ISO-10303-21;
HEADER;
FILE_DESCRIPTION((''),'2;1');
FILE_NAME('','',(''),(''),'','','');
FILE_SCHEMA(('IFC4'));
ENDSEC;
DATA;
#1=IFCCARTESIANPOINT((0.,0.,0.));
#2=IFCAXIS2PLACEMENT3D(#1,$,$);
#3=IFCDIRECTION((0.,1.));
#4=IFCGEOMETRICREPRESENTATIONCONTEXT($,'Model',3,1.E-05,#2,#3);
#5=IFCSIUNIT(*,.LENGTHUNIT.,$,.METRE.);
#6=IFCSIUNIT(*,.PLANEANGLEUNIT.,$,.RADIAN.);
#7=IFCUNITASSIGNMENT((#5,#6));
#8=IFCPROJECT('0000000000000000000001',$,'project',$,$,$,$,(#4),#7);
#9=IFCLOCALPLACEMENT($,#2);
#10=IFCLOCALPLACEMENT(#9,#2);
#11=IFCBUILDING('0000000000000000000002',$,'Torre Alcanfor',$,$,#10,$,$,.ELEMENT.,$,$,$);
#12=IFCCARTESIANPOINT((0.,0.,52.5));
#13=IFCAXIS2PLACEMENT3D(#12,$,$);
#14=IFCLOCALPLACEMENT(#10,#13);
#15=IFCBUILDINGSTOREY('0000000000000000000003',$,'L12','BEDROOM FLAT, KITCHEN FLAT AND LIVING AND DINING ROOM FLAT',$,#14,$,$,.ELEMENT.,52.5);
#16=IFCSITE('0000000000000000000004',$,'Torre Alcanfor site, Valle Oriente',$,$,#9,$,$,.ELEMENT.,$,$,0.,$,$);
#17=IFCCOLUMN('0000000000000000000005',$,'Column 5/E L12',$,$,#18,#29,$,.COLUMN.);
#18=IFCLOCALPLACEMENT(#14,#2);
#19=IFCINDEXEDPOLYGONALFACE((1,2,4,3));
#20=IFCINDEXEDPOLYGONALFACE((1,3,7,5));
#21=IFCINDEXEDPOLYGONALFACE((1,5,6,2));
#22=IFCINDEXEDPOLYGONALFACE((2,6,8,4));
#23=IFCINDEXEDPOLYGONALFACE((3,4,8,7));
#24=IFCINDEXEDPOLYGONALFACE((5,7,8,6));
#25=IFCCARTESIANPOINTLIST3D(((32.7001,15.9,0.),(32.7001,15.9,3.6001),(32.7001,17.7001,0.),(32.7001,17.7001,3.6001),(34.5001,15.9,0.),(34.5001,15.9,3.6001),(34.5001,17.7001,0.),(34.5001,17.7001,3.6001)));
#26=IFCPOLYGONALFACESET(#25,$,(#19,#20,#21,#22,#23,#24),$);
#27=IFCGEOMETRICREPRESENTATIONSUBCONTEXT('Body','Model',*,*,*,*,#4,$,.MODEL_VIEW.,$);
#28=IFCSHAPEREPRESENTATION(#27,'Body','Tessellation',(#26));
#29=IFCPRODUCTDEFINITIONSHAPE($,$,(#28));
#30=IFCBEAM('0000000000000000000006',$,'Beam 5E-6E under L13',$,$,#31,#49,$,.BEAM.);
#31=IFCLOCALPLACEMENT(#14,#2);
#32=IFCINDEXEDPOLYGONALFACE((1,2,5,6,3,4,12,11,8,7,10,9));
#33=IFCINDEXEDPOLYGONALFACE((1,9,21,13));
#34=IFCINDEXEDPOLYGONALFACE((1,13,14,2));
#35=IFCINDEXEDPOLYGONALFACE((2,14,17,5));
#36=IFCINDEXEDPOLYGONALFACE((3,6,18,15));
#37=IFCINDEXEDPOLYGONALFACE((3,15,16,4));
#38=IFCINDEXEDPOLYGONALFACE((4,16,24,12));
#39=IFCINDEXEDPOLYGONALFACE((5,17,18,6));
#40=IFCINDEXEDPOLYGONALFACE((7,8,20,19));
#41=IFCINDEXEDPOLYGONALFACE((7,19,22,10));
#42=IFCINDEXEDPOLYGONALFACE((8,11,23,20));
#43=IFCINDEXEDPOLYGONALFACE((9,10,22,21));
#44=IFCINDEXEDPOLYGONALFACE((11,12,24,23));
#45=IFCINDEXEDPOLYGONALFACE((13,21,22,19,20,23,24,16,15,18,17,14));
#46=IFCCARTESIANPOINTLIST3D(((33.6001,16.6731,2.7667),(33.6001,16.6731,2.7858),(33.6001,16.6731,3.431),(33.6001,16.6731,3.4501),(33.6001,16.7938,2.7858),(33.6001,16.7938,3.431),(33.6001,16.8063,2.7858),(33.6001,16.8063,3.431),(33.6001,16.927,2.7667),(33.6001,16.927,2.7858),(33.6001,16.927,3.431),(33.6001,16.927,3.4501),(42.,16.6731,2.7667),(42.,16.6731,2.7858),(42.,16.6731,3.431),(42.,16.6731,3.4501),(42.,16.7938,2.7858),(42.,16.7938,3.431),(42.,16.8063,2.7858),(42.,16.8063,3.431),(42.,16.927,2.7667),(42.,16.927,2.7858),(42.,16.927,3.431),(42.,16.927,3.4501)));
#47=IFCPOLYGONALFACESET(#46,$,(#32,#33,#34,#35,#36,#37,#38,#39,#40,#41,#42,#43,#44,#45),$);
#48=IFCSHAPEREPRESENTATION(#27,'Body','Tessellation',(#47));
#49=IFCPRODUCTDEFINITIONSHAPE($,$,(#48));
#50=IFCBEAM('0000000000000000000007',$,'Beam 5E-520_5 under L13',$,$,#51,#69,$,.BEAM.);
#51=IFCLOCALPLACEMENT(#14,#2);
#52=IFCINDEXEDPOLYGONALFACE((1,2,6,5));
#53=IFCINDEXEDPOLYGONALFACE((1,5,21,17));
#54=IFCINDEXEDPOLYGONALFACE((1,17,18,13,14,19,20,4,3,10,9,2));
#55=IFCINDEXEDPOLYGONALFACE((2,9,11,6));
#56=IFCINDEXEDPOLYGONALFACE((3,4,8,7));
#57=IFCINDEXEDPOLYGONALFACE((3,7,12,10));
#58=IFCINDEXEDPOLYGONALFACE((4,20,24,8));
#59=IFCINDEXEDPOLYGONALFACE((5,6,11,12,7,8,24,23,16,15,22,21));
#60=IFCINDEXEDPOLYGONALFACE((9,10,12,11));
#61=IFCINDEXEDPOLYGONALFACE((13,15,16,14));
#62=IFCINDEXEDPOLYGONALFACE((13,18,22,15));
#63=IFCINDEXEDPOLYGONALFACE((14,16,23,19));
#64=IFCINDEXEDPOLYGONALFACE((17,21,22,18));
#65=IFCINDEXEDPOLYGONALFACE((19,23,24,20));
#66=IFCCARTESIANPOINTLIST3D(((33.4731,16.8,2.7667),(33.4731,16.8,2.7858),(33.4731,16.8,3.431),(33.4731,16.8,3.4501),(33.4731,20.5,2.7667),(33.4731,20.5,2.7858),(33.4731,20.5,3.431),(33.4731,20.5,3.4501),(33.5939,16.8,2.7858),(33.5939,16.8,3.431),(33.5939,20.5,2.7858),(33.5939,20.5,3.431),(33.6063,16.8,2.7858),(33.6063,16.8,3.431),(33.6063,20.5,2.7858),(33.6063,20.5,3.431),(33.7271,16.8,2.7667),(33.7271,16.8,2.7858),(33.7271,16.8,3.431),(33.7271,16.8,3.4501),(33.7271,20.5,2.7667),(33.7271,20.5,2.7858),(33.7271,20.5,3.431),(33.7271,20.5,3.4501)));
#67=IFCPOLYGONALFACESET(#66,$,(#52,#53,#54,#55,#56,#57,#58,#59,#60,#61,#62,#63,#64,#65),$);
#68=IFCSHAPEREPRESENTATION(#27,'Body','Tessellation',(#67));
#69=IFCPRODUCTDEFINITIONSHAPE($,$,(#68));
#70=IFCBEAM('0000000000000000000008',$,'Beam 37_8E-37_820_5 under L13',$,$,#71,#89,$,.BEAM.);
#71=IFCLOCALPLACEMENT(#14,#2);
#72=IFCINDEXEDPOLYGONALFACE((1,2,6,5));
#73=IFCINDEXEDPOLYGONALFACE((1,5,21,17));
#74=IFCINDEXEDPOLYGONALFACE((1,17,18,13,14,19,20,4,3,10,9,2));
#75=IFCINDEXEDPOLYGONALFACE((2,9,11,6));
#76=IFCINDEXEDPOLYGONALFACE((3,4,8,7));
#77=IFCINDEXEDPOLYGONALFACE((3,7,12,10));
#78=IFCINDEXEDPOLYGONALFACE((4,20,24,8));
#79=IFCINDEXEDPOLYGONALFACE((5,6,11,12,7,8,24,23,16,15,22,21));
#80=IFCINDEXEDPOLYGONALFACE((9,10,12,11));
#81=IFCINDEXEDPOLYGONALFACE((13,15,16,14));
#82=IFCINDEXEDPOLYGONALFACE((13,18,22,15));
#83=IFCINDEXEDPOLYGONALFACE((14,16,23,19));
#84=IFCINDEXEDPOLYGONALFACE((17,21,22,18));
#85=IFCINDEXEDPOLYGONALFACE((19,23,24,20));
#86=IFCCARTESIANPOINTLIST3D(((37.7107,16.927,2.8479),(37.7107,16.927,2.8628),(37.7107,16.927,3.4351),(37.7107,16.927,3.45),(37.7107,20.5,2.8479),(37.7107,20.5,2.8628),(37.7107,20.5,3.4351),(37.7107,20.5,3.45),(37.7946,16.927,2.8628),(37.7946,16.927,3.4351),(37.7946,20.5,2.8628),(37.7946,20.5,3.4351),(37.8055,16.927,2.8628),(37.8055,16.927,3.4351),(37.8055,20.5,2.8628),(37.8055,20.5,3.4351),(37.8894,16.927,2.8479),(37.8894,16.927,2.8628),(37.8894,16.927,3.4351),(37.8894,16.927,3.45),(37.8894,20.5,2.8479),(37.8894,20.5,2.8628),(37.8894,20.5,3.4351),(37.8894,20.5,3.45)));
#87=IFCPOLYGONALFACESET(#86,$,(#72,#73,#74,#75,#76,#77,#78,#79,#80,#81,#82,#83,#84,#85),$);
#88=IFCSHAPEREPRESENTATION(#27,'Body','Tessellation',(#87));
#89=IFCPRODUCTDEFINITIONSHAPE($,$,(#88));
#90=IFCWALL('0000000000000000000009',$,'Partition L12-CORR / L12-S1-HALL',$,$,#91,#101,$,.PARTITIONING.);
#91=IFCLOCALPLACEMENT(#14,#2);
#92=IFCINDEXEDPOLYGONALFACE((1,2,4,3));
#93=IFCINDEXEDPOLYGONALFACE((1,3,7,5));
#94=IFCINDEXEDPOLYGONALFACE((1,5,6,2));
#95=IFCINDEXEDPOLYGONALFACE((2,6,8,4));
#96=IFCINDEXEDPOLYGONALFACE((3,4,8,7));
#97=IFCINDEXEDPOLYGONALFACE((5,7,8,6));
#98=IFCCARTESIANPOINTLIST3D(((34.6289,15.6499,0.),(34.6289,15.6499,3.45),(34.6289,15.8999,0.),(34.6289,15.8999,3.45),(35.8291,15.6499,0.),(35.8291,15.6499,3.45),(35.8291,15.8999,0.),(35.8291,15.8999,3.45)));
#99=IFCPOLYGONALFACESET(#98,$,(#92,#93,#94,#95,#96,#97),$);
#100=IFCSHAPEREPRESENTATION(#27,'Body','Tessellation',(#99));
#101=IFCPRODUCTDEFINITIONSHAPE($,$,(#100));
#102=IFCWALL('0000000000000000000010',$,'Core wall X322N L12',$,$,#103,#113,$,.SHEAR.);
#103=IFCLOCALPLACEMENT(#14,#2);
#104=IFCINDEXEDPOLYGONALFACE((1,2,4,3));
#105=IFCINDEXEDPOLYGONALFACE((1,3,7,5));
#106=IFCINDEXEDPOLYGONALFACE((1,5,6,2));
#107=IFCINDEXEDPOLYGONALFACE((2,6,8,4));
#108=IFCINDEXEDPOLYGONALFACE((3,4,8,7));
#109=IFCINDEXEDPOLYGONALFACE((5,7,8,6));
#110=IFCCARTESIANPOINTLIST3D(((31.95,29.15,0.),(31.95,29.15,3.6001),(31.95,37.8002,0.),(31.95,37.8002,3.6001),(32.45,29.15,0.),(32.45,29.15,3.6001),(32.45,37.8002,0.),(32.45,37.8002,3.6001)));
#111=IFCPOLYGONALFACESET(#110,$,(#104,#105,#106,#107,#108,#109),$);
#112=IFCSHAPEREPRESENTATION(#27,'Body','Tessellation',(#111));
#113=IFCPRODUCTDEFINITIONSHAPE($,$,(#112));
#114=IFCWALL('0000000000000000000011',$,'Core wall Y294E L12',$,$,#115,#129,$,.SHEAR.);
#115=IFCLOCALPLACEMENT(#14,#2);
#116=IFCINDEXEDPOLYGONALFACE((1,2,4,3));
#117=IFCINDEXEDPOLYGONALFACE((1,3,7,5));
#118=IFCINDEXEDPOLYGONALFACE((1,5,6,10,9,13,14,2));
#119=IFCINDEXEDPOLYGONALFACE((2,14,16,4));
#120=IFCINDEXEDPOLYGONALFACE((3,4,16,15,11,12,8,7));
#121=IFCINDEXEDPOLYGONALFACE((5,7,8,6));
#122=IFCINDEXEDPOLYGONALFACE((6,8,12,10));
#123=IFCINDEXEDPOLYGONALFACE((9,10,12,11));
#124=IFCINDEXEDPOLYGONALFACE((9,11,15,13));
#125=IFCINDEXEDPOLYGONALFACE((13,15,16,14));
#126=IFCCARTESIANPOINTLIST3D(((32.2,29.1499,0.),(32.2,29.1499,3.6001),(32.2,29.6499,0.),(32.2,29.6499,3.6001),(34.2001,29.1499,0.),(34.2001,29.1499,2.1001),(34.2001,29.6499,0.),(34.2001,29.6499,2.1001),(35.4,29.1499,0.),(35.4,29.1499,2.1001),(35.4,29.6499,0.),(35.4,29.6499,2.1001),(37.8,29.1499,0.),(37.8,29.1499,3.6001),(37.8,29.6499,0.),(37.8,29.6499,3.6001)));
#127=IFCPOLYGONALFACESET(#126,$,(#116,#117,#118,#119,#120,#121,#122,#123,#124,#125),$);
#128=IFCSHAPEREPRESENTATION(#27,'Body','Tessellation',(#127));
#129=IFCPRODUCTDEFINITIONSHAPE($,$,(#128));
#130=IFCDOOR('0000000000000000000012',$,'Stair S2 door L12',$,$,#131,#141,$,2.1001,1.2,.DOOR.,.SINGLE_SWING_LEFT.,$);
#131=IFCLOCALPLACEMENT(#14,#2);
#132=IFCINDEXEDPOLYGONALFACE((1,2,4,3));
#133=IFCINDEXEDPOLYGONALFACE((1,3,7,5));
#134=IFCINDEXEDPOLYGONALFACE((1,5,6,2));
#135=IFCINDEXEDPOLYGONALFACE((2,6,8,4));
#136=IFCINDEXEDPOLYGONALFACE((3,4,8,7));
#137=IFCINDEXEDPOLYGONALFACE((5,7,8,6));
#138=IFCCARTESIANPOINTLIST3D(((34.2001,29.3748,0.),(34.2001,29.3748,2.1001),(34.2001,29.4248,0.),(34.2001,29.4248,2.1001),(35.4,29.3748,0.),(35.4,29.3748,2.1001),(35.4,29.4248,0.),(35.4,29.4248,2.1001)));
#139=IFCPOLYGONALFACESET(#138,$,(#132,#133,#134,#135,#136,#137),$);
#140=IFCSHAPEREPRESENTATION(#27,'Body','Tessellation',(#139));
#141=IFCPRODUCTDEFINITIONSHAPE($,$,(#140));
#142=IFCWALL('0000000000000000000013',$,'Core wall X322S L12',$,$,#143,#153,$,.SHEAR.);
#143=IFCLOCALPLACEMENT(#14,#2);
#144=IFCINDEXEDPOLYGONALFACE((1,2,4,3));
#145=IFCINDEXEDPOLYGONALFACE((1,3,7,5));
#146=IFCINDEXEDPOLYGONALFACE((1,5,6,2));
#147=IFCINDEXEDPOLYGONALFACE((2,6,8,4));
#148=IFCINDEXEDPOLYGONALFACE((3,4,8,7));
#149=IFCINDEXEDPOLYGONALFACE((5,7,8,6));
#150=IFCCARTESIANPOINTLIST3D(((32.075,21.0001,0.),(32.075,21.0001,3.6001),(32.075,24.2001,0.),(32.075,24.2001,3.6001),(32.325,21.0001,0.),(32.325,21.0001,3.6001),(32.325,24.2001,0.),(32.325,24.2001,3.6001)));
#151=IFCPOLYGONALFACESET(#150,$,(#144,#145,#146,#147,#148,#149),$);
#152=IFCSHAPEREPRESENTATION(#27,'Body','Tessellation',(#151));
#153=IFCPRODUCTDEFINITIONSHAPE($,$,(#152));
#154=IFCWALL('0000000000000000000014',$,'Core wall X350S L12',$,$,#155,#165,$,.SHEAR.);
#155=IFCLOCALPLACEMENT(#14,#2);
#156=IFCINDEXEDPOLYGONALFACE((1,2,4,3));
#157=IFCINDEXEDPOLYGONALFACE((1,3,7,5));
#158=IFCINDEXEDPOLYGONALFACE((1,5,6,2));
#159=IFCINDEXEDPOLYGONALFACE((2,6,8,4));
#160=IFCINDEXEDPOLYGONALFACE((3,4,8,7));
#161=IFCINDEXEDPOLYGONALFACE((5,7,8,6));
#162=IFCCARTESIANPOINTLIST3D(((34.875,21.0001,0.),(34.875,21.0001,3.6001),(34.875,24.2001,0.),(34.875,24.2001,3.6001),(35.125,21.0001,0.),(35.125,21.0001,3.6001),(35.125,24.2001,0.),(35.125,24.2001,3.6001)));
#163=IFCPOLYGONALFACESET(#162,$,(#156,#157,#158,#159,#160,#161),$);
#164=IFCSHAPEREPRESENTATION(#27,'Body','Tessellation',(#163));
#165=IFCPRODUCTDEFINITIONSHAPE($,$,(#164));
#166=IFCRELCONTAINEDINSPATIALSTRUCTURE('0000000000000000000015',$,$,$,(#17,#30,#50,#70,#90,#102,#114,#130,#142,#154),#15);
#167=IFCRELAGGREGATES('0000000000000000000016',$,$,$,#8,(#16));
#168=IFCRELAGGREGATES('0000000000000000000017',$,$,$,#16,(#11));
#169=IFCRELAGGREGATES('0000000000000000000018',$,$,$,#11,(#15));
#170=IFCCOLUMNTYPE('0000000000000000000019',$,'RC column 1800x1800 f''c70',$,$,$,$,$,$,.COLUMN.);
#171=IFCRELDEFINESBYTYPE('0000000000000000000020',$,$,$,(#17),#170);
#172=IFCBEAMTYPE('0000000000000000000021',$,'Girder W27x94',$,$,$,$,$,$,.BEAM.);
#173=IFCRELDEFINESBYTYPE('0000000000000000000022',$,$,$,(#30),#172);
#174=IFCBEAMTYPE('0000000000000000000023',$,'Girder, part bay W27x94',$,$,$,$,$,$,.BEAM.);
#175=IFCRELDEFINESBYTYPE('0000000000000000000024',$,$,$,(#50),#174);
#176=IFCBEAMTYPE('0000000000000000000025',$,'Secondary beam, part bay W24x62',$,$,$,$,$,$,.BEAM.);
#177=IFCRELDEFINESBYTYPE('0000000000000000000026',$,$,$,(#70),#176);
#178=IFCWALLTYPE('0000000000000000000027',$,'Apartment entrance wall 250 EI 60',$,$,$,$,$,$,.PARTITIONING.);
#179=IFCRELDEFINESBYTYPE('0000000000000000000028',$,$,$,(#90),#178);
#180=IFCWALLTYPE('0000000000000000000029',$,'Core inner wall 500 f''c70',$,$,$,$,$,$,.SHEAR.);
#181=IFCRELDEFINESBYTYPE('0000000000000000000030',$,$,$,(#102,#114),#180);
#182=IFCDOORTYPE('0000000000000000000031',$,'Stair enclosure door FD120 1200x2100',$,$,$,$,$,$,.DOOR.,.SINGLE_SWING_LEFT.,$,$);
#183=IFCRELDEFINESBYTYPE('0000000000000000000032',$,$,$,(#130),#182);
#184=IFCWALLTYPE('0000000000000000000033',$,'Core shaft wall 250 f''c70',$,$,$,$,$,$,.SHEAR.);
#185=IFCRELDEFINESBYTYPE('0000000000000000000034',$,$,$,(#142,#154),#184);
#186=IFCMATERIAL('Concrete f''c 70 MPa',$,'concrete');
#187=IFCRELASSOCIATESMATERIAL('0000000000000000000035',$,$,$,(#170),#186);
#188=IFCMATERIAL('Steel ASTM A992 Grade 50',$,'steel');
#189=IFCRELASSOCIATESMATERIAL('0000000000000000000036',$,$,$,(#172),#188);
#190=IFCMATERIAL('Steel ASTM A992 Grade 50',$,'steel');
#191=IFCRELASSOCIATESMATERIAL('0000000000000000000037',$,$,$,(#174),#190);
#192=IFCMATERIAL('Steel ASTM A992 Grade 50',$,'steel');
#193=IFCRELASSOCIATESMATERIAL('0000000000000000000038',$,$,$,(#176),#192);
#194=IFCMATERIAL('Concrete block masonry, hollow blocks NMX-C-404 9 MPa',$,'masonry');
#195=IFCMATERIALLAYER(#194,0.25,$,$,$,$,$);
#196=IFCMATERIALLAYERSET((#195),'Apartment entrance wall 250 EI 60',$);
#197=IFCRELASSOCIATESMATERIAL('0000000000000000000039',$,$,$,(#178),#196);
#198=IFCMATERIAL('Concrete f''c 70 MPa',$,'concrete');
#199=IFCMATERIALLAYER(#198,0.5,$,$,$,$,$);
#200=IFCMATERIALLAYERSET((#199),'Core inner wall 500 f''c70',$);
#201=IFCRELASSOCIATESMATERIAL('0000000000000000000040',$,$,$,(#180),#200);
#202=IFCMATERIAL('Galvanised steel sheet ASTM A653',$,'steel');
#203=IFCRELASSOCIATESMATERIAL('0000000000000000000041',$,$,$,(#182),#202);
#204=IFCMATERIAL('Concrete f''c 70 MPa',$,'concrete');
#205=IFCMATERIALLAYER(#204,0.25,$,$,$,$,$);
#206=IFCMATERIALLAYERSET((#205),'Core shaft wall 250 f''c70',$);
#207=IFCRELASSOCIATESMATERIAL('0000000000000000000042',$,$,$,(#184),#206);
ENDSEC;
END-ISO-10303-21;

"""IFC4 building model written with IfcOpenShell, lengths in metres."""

from ifc_helpers import new_model, si_unit, direction, frame, frame_2d, origin, origin_2d, place, context, subcontext, project, spatial, rectangle, i_section, extrude, material, layer, layer_set, material_profile, profile_set, type_object, element, fill, save


model = new_model("IFC4")

# Units and contexts
model_context = context("Model", 3, precision=1e-05, world=origin(), true_north=direction((0.0, 1.0)))
body_context = subcontext(model_context, "Body", "Model", "MODEL_VIEW")
ifc_project = project(units=[si_unit("LENGTHUNIT", "METRE"), si_unit("PLANEANGLEUNIT", "RADIAN")], contexts=[model_context])

# Site, building, storey
site_placement = place(None, origin())
site = spatial("IfcSite", under=ifc_project, at=site_placement, Name="Torre Alcanfor site, Valle Oriente", CompositionType="ELEMENT", RefElevation=0.0)
building_placement = place(site_placement, origin())
building = spatial("IfcBuilding", under=site, at=building_placement, Name="Torre Alcanfor", CompositionType="ELEMENT")
storey_placement = place(building_placement, frame((0.0, 0.0, 52.5)))
storey = spatial("IfcBuildingStorey", under=building, at=storey_placement, Name="L12", Description="BEDROOM FLAT, KITCHEN FLAT AND LIVING AND DINING ROOM FLAT", CompositionType="ELEMENT", Elevation=52.5)

# Column
ifc_material_1 = material(Name="Concrete f'c 70 MPa", Category="concrete")
ifc_material_profile_1 = material_profile(ifc_material_1, rectangle(XDim=1.8, YDim=1.8, at=origin_2d()), Name="1800x1800")
ifc_profile_set_1 = profile_set([ifc_material_profile_1], Name="Concrete f'c 70 MPa")
column_type = type_object("IfcColumnType", Name="RC column 1800x1800 f'c70", PredefinedType="COLUMN", material=ifc_profile_set_1)
column_placement = place(storey_placement, frame((33.6001, 16.8, 0.0), z_axis=(0.0, 0.0, 1.0), x_axis=(1.0, 0.0, 0.0)))
element("IfcColumn", 1, at=column_placement, inside=storey, type_object=column_type, Name="Column 5/E L12", PredefinedType="COLUMN", context=body_context, shape_type="SweptSolid", body=[
    extrude(rectangle(XDim=1.8, YDim=1.8, at=origin_2d()), origin(), (0.0, 0.0, 1.0), 3.6001),
])

# Beams
ifc_material_2 = material(Name="Steel ASTM A992 Grade 50", Category="steel")
ifc_material_profile_2 = material_profile(ifc_material_2, i_section(OverallWidth=0.2539, OverallDepth=0.6833, WebThickness=0.0125, FlangeThickness=0.019, at=origin_2d()), Name="W27x94")
ifc_profile_set_2 = profile_set([ifc_material_profile_2], Name="Steel ASTM A992 Grade 50")
beam_type_1 = type_object("IfcBeamType", Name="Girder W27x94", PredefinedType="BEAM", material=ifc_profile_set_2)
beam_1_placement = place(storey_placement, frame((33.6001, 16.8, 3.1084), z_axis=(1.0, 0.0, 0.0), x_axis=(0.0, 1.0, 0.0)))
element("IfcBeam", 2, at=beam_1_placement, inside=storey, type_object=beam_type_1, Name="Beam 5E-6E under L13", PredefinedType="BEAM", context=body_context, shape_type="SweptSolid", body=[
    extrude(i_section(OverallWidth=0.2539, OverallDepth=0.6833, WebThickness=0.0125, FlangeThickness=0.019, at=origin_2d()), origin(), (0.0, 0.0, 1.0), 8.3999),
])
ifc_material_3 = material(Name="Steel ASTM A992 Grade 50", Category="steel")
ifc_material_profile_3 = material_profile(ifc_material_3, i_section(OverallWidth=0.2539, OverallDepth=0.6833, WebThickness=0.0125, FlangeThickness=0.019, at=origin_2d()), Name="W27x94")
ifc_profile_set_3 = profile_set([ifc_material_profile_3], Name="Steel ASTM A992 Grade 50")
beam_type_2 = type_object("IfcBeamType", Name="Girder, part bay W27x94", PredefinedType="BEAM", material=ifc_profile_set_3)
beam_2_placement = place(storey_placement, frame((33.6001, 16.8, 3.1084), z_axis=(0.0, 1.0, 0.0), x_axis=(-1.0, 0.0, 0.0)))
element("IfcBeam", 3, at=beam_2_placement, inside=storey, type_object=beam_type_2, Name="Beam 5E-520_5 under L13", PredefinedType="BEAM", context=body_context, shape_type="SweptSolid", body=[
    extrude(i_section(OverallWidth=0.2539, OverallDepth=0.6833, WebThickness=0.0125, FlangeThickness=0.019, at=origin_2d()), origin(), (0.0, 0.0, 1.0), 3.7),
])
ifc_material_4 = material(Name="Steel ASTM A992 Grade 50", Category="steel")
ifc_material_profile_4 = material_profile(ifc_material_4, i_section(OverallWidth=0.1787, OverallDepth=0.6021, WebThickness=0.011, FlangeThickness=0.0149, at=origin_2d()), Name="W24x62")
ifc_profile_set_4 = profile_set([ifc_material_profile_4], Name="Steel ASTM A992 Grade 50")
beam_type_3 = type_object("IfcBeamType", Name="Secondary beam, part bay W24x62", PredefinedType="BEAM", material=ifc_profile_set_4)
beam_3_placement = place(storey_placement, frame((37.8, 16.927, 3.1489), z_axis=(0.0, 1.0, 0.0), x_axis=(-1.0, 0.0, 0.0)))
element("IfcBeam", 4, at=beam_3_placement, inside=storey, type_object=beam_type_3, Name="Beam 37_8E-37_820_5 under L13", PredefinedType="BEAM", context=body_context, shape_type="SweptSolid", body=[
    extrude(i_section(OverallWidth=0.1787, OverallDepth=0.6021, WebThickness=0.011, FlangeThickness=0.0149, at=origin_2d()), origin(), (0.0, 0.0, 1.0), 3.573),
])

# Walls
ifc_material_5 = material(Name="Concrete block masonry, hollow blocks NMX-C-404 9 MPa", Category="masonry")
ifc_layer_1 = layer(ifc_material_5, 0.25)
ifc_layer_set_1 = layer_set([ifc_layer_1], Name="Apartment entrance wall 250 EI 60")
wall_type_1 = type_object("IfcWallType", Name="Apartment entrance wall 250 EI 60", PredefinedType="PARTITIONING", material=ifc_layer_set_1)
wall_1_placement = place(storey_placement, frame((35.8291, 15.7749, 0.0), z_axis=(0.0, 0.0, 1.0), x_axis=(-1.0, 0.0, 0.0)))
element("IfcWall", 5, at=wall_1_placement, inside=storey, type_object=wall_type_1, Name="Partition L12-CORR / L12-S1-HALL", PredefinedType="PARTITIONING", context=body_context, shape_type="SweptSolid", body=[
    extrude(rectangle(XDim=1.2002, YDim=0.25, at=frame_2d((0.6001, 0.0))), origin(), (0.0, 0.0, 1.0), 3.45),
])
ifc_material_6 = material(Name="Concrete f'c 70 MPa", Category="concrete")
ifc_layer_2 = layer(ifc_material_6, 0.5)
ifc_layer_set_2 = layer_set([ifc_layer_2], Name="Core inner wall 500 f'c70")
wall_type_2 = type_object("IfcWallType", Name="Core inner wall 500 f'c70", PredefinedType="SHEAR", material=ifc_layer_set_2)
wall_2_placement = place(storey_placement, frame((32.2, 29.1499, 0.0), z_axis=(0.0, 0.0, 1.0), x_axis=(0.0, 1.0, 0.0)))
element("IfcWall", 6, at=wall_2_placement, inside=storey, type_object=wall_type_2, Name="Core wall X322N L12", PredefinedType="SHEAR", context=body_context, shape_type="SweptSolid", body=[
    extrude(rectangle(XDim=8.6501, YDim=0.5, at=frame_2d((4.3252, 0.0))), origin(), (0.0, 0.0, 1.0), 3.6001),
])

# Wall, opening, door
wall_3_placement = place(storey_placement, frame((32.2, 29.3999, 0.0), z_axis=(0.0, 0.0, 1.0), x_axis=(1.0, 0.0, 0.0)))
wall_3 = element("IfcWall", 7, at=wall_3_placement, inside=storey, type_object=wall_type_2, Name="Core wall Y294E L12", PredefinedType="SHEAR", context=body_context, shape_type="SweptSolid", body=[
    extrude(rectangle(XDim=5.6001, YDim=0.5, at=frame_2d((2.8, 0.0))), origin(), (0.0, 0.0, 1.0), 3.6001),
])
opening_1_placement = place(wall_3_placement, frame((2.0, 0.0, 0.0)))
opening_1 = element("IfcOpeningElement", 8, at=opening_1_placement, cuts=wall_3, PredefinedType="OPENING", context=body_context, shape_type="SweptSolid", body=[
    extrude(rectangle(XDim=1.2, YDim=2.1001, at=frame_2d((0.6001, 1.05))), frame((0.0, 0.26, 0.0), z_axis=(0.0, -1.0, 0.0), x_axis=(1.0, 0.0, 0.0)), (0.0, 0.0, 1.0), 0.52),
])
ifc_material_7 = material(Name="Galvanised steel sheet ASTM A653", Category="steel")
door_type_1 = type_object("IfcDoorType", Name="Stair enclosure door FD120 1200x2100", OperationType="SINGLE_SWING_LEFT", PredefinedType="DOOR", material=ifc_material_7)
door_1_placement = place(opening_1_placement, origin())
door_1 = element("IfcDoor", 9, at=door_1_placement, inside=storey, type_object=door_type_1, Name="Stair S2 door L12", OperationType="SINGLE_SWING_LEFT", OverallHeight=2.1001, OverallWidth=1.2, PredefinedType="DOOR", context=body_context, shape_type="SweptSolid", body=[
    extrude(rectangle(XDim=1.2, YDim=2.1001, at=frame_2d((0.6001, 1.05))), frame((0.0, 0.0249, 0.0), z_axis=(0.0, -1.0, 0.0), x_axis=(1.0, 0.0, 0.0)), (0.0, 0.0, 1.0), 0.05),
])
fill(opening_1, door_1)

# Walls
ifc_material_8 = material(Name="Concrete f'c 70 MPa", Category="concrete")
ifc_layer_3 = layer(ifc_material_8, 0.25)
ifc_layer_set_3 = layer_set([ifc_layer_3], Name="Core shaft wall 250 f'c70")
wall_type_3 = type_object("IfcWallType", Name="Core shaft wall 250 f'c70", PredefinedType="SHEAR", material=ifc_layer_set_3)
for number, where, z_axis, x_axis, name in (
    (10, (32.2, 21.0, 0.0), (0.0, 0.0, 1.0), (0.0, 1.0, 0.0), "Core wall X322S L12"),
    (11, (35.0, 21.0, 0.0), (0.0, 0.0, 1.0), (0.0, 1.0, 0.0), "Core wall X350S L12"),
):
    element("IfcWall", number, at=place(storey_placement, frame(where, z_axis=z_axis, x_axis=x_axis)), inside=storey, type_object=wall_type_3, Name=name, PredefinedType="SHEAR", context=body_context, shape_type="SweptSolid", body=[
        extrude(rectangle(XDim=3.2, YDim=0.25, at=frame_2d((1.6001, 0.0))), origin(), (0.0, 0.0, 1.0), 3.6001),
    ])

save(model, "model.ifc")
